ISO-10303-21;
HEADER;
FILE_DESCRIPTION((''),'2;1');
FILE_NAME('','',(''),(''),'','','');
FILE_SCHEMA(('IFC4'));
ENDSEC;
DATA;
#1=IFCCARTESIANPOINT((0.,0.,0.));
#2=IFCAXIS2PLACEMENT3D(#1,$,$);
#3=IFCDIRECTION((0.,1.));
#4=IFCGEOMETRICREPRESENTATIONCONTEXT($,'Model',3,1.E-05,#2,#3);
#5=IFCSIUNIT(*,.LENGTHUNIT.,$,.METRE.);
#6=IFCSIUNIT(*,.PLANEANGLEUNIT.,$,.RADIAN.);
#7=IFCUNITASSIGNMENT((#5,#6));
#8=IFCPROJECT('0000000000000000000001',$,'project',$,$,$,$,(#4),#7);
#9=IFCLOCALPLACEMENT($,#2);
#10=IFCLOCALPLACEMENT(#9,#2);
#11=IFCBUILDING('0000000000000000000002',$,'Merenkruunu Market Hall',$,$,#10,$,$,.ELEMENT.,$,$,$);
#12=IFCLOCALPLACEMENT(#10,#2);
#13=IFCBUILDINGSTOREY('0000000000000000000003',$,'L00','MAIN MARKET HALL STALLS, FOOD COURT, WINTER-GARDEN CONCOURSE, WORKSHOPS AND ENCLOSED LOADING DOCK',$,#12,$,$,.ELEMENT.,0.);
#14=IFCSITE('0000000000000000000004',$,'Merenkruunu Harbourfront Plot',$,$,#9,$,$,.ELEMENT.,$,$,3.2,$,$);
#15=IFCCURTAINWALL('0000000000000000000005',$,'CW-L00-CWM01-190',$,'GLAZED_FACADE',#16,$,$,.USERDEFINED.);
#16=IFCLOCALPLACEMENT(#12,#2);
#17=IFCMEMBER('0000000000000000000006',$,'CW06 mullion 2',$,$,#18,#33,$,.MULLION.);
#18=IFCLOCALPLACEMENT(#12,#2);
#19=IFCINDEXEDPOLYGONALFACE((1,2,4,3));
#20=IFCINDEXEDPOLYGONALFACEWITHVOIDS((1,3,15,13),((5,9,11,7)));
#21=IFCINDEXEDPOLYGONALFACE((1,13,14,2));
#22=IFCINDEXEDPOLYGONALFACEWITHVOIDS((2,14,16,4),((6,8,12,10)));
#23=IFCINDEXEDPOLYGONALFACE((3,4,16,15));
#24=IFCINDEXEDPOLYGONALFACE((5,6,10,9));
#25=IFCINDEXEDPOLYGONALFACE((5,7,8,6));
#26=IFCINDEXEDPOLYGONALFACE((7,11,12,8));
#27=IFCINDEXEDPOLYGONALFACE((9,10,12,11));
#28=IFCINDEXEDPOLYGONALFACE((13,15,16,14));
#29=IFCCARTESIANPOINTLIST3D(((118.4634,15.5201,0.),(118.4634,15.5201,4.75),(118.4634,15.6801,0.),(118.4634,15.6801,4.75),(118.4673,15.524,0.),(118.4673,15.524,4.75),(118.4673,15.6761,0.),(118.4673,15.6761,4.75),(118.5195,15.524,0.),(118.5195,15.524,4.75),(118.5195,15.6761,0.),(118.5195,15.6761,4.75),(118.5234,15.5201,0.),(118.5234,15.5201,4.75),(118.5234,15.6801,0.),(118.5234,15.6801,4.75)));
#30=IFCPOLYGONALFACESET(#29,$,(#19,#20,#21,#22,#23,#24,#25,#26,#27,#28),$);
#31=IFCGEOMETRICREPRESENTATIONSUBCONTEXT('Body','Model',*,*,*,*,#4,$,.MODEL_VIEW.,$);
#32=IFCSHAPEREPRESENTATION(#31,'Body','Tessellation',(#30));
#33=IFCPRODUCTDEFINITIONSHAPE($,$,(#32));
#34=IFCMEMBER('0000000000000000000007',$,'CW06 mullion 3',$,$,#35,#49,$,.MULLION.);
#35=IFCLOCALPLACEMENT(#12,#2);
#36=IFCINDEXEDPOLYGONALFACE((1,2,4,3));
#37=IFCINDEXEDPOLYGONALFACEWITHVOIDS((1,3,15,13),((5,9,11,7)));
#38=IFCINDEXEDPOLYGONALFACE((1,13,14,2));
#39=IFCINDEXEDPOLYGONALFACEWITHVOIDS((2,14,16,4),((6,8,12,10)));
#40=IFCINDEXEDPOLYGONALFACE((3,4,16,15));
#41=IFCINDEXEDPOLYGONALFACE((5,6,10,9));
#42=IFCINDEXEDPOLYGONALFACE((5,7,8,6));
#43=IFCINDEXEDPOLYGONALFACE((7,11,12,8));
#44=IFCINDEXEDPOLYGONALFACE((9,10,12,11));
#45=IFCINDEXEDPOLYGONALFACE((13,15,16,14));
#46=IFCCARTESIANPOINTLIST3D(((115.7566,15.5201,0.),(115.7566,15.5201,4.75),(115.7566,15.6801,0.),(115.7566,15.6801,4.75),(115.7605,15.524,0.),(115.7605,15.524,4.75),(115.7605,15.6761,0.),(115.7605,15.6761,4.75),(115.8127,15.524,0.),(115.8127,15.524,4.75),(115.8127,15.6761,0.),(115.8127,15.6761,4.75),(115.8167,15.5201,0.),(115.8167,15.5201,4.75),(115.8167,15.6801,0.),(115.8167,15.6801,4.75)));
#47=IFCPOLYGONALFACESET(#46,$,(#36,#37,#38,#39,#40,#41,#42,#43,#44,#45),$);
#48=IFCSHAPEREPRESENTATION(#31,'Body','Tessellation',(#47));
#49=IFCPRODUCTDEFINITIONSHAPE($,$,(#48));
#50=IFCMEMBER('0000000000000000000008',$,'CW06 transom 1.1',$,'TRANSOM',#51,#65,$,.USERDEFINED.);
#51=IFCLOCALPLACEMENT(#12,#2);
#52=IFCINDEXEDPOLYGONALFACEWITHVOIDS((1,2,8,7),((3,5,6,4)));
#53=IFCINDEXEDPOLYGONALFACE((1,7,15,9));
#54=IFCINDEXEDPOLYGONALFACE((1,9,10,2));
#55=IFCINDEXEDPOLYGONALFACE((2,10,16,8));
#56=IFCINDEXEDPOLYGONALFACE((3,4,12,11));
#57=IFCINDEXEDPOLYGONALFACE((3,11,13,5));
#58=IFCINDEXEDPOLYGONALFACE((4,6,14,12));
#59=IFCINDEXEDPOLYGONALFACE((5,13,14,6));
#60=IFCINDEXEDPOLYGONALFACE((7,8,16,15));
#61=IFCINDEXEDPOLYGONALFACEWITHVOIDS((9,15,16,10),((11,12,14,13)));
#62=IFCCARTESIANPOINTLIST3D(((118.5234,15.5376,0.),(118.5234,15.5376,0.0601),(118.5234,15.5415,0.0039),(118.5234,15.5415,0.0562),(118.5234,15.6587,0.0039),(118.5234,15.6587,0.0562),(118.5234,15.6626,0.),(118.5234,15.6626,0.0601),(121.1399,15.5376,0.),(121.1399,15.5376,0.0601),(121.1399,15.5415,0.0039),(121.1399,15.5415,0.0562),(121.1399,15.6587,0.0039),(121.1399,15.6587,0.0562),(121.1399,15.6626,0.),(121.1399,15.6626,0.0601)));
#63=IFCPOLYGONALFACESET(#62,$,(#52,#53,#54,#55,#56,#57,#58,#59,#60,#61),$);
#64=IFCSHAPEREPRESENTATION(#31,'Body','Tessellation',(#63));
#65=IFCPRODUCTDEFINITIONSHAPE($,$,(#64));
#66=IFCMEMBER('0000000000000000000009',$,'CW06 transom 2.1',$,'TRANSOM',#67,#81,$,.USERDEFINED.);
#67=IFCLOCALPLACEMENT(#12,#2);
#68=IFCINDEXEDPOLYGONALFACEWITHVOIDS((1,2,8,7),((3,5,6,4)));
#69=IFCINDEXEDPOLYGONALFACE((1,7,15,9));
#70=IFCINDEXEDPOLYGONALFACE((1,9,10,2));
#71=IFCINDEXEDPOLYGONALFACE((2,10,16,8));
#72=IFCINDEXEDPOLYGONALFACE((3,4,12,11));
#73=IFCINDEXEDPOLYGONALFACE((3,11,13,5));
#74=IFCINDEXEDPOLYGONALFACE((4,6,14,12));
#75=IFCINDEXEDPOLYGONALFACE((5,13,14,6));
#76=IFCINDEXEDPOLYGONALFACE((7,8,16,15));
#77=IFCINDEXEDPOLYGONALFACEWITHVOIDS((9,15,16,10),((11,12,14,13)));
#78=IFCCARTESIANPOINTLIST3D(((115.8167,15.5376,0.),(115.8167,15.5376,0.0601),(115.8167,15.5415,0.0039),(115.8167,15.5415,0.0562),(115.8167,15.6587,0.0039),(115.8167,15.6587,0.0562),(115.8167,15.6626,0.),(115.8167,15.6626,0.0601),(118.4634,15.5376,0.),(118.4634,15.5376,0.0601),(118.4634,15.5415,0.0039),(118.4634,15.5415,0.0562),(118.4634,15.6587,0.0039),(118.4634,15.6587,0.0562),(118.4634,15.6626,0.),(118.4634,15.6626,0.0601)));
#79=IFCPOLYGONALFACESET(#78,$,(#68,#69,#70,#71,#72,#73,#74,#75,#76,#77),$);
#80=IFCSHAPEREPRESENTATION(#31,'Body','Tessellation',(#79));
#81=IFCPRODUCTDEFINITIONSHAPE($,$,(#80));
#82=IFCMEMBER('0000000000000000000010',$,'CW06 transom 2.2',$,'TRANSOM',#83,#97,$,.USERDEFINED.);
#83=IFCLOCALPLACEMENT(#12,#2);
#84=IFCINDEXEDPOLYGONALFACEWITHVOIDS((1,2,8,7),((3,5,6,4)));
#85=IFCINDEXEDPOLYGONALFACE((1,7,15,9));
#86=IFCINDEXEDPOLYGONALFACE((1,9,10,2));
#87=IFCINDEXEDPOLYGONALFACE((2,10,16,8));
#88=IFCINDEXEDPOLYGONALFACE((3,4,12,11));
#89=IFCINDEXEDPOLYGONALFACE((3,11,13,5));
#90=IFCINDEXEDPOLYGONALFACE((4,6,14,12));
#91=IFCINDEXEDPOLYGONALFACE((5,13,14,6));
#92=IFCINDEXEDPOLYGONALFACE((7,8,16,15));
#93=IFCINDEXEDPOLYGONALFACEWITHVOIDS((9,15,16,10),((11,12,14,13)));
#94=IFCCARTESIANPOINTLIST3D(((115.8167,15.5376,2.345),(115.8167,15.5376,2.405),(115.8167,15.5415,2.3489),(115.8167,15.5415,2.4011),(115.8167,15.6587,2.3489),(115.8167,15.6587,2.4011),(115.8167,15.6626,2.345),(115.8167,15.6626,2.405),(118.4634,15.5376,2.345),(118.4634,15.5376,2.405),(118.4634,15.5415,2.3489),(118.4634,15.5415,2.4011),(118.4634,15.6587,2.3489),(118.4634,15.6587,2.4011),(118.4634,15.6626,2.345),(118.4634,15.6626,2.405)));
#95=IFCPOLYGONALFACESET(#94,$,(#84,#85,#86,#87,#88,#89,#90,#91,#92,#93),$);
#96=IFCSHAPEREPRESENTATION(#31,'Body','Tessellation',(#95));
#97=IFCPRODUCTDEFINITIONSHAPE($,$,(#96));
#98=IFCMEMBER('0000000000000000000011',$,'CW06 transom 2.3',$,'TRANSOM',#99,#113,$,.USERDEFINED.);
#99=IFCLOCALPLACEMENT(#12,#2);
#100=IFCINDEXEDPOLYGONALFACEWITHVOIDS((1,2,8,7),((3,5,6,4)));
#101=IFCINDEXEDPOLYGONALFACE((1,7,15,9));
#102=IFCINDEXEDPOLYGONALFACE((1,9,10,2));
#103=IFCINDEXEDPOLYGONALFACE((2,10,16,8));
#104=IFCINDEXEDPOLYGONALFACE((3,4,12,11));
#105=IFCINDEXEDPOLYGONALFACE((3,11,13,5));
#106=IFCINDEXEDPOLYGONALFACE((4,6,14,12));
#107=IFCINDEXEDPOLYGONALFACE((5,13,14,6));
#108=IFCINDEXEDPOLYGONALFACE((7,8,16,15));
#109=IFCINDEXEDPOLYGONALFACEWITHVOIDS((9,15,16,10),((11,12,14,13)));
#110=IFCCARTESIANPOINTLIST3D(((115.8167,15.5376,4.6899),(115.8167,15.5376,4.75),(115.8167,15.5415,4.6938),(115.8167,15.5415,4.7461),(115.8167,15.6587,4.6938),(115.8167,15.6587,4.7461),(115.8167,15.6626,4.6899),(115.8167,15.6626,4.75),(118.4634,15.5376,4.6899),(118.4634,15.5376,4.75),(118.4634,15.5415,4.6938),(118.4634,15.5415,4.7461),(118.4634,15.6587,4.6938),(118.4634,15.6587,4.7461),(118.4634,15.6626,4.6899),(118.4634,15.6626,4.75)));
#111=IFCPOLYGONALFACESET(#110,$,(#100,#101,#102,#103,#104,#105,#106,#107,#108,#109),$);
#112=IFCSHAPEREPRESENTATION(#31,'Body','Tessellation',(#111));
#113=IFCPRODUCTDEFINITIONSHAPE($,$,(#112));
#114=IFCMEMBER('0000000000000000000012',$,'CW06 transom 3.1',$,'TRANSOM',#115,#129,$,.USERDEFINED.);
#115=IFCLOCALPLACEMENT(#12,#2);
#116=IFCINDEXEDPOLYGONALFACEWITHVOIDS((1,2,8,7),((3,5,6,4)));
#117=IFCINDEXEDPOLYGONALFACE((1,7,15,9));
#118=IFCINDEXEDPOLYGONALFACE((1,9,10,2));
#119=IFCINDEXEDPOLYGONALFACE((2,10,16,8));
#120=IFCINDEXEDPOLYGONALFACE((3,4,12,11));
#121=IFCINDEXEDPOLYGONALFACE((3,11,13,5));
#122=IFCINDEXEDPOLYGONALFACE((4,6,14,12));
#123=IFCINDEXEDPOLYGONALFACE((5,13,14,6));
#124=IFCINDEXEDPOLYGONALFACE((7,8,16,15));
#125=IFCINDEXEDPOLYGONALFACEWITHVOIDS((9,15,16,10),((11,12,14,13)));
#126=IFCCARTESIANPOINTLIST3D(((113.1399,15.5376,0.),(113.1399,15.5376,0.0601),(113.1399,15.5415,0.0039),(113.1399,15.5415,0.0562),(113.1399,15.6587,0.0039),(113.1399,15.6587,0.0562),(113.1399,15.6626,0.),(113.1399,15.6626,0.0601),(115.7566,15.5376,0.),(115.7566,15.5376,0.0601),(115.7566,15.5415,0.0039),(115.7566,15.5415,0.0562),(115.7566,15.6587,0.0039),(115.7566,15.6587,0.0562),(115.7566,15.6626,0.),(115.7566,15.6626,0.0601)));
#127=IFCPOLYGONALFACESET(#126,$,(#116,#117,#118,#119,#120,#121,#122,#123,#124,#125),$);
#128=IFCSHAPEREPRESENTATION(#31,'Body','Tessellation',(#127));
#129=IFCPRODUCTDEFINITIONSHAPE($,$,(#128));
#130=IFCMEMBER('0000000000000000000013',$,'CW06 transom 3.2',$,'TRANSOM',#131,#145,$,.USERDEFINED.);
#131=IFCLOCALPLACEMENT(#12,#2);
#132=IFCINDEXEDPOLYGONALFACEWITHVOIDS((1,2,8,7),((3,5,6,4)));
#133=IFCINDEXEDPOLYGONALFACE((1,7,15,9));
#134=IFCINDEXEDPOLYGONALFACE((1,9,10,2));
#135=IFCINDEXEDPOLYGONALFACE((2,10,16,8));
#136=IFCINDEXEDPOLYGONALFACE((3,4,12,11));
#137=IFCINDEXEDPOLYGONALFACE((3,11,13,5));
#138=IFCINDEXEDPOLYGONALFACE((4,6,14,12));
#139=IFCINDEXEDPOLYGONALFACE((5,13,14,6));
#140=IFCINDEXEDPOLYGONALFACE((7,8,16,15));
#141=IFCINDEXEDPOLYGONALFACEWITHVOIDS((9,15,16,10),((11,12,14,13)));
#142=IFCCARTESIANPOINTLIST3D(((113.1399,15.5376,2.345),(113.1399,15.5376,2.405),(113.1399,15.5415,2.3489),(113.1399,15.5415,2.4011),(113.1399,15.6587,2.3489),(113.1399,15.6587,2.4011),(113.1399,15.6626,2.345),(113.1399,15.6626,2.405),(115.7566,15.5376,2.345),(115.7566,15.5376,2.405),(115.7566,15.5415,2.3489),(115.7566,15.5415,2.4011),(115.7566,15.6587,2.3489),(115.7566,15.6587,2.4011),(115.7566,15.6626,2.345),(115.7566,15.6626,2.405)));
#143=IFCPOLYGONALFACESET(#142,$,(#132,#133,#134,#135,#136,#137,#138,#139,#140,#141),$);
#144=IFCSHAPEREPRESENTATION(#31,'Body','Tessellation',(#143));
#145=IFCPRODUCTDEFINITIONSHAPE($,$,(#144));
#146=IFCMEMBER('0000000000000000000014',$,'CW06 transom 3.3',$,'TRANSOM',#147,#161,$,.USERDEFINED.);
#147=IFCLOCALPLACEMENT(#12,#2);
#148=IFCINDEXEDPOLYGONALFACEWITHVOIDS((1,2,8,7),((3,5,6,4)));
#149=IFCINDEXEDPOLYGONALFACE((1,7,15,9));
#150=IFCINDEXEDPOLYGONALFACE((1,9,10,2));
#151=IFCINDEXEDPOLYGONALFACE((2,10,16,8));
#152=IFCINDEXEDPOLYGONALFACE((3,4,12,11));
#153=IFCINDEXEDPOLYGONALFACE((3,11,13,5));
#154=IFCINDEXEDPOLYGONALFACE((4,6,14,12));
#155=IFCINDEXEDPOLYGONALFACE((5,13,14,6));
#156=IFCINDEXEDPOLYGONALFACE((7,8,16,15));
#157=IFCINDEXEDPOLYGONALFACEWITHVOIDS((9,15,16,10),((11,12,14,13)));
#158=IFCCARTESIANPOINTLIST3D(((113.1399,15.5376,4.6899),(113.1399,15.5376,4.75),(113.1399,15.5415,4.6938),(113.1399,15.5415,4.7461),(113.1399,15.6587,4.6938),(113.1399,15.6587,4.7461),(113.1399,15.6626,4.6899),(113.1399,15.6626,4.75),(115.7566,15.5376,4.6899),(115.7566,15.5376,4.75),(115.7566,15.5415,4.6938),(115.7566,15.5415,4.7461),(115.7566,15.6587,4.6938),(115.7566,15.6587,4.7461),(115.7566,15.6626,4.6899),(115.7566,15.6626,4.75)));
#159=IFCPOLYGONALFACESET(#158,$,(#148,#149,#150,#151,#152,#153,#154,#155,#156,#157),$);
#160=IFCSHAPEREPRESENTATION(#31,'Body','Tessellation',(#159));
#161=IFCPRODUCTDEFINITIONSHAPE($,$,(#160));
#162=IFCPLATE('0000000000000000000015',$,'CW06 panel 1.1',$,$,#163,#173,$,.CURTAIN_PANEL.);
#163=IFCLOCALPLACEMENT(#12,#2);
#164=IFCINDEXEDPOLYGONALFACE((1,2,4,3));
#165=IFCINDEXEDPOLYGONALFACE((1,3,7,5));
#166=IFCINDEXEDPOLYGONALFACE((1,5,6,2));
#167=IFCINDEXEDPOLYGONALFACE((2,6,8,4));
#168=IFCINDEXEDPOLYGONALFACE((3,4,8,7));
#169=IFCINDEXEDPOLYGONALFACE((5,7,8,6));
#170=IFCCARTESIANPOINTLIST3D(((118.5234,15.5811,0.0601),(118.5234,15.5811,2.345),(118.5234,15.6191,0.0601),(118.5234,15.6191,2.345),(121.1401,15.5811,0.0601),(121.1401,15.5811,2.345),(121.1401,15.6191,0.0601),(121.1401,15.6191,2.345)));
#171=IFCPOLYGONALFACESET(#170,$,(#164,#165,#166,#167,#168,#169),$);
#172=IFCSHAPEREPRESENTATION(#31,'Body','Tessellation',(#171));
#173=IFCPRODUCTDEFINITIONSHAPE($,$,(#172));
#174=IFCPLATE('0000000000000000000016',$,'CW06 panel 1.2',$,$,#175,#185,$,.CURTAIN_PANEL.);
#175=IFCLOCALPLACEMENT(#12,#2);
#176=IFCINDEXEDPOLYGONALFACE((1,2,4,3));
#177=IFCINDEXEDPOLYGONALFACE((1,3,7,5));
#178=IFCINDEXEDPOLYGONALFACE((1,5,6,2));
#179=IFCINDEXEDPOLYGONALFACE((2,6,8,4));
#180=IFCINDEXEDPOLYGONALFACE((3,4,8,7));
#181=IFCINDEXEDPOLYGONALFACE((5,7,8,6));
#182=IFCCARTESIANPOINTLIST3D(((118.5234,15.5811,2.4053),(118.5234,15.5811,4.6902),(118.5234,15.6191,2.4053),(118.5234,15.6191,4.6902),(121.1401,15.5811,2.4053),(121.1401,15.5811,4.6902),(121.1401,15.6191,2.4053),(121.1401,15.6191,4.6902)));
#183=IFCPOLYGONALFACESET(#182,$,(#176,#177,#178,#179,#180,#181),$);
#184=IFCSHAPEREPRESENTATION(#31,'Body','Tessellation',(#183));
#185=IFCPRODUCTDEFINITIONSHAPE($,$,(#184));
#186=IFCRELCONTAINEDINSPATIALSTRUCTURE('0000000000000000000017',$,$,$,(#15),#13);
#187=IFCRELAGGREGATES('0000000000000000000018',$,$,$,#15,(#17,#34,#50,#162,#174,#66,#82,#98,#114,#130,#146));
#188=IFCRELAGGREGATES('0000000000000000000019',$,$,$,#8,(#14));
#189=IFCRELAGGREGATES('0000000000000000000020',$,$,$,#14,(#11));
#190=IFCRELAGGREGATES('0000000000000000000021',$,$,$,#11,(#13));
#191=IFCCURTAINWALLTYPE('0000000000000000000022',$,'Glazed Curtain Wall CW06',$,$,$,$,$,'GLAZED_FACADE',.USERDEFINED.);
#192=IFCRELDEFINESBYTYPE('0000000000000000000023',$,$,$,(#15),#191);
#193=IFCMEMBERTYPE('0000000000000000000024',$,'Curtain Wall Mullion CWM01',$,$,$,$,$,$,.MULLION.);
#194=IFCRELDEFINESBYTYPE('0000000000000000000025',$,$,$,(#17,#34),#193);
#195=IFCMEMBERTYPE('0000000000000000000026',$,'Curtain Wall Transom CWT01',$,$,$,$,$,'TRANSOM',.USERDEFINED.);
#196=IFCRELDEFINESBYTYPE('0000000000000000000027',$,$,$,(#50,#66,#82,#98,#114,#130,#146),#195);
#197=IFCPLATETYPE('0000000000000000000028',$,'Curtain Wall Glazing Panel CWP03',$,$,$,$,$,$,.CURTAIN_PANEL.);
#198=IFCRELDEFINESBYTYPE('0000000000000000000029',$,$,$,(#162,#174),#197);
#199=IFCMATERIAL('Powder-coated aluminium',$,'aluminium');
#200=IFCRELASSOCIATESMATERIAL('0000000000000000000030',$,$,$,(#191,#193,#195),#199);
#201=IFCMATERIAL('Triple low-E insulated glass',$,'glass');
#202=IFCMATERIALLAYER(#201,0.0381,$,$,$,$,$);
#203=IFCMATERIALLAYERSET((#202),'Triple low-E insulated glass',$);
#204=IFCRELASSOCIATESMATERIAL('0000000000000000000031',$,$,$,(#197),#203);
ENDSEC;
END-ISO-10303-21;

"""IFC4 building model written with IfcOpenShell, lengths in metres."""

from ifc_helpers import new_model, si_unit, direction, frame, origin, origin_2d, place, context, subcontext, project, spatial, rectangle, hollow_rectangle, extrude, material, layer, layer_set, material_profile, profile_set, type_object, element, aggregate, save


model = new_model("IFC4")

# Units and contexts
model_context = context("Model", 3, precision=1e-05, world=origin(), true_north=direction((0.0, 1.0)))
body_context = subcontext(model_context, "Body", "Model", "MODEL_VIEW")
ifc_project = project(units=[si_unit("LENGTHUNIT", "METRE"), si_unit("PLANEANGLEUNIT", "RADIAN")], contexts=[model_context])

# Site, building, storey
site_placement = place(None, origin())
site = spatial("IfcSite", under=ifc_project, at=site_placement, Name="Merenkruunu Harbourfront Plot", CompositionType="ELEMENT", RefElevation=3.2)
building_placement = place(site_placement, origin())
building = spatial("IfcBuilding", under=site, at=building_placement, Name="Merenkruunu Market Hall", CompositionType="ELEMENT")
storey_placement = place(building_placement, origin())
storey = spatial("IfcBuildingStorey", under=building, at=storey_placement, Name="L00", Description="MAIN MARKET HALL STALLS, FOOD COURT, WINTER-GARDEN CONCOURSE, WORKSHOPS AND ENCLOSED LOADING DOCK", CompositionType="ELEMENT", Elevation=0.0)

# Curtain wall, members, plates
ifc_material_1 = material(Name="Powder-coated aluminium", Category="aluminium")
curtain_wall_type = type_object("IfcCurtainWallType", Name="Glazed Curtain Wall CW06", ElementType="GLAZED_FACADE", PredefinedType="USERDEFINED", material=ifc_material_1)
curtain_wall_placement = place(storey_placement, origin())
curtain_wall = element("IfcCurtainWall", 1, at=curtain_wall_placement, inside=storey, type_object=curtain_wall_type, Name="CW-L00-CWM01-190", ObjectType="GLAZED_FACADE", PredefinedType="USERDEFINED")
ifc_material_profile_1 = material_profile(ifc_material_1, hollow_rectangle(XDim=0.0601, YDim=0.1599, WallThickness=0.0039, at=origin_2d()), Name="ALU 60x160x4")
ifc_profile_set_1 = profile_set([ifc_material_profile_1], Name="Powder-coated aluminium")
member_type_1 = type_object("IfcMemberType", Name="Curtain Wall Mullion CWM01", PredefinedType="MULLION", material=ifc_profile_set_1)
member_1_placement = place(storey_placement, frame((118.4934, 15.6001, 0.0), z_axis=(0.0, 0.0, 1.0), x_axis=(-1.0, 0.0, 0.0)))
member_1 = element("IfcMember", 2, at=member_1_placement, type_object=member_type_1, Name="CW06 mullion 2", PredefinedType="MULLION", context=body_context, shape_type="SweptSolid", body=[
    extrude(hollow_rectangle(XDim=0.0601, YDim=0.1599, WallThickness=0.0039, at=origin_2d()), origin(), (0.0, 0.0, 1.0), 4.75),
])
member_2_placement = place(storey_placement, frame((115.7866, 15.6001, 0.0), z_axis=(0.0, 0.0, 1.0), x_axis=(-1.0, 0.0, 0.0)))
member_2 = element("IfcMember", 3, at=member_2_placement, type_object=member_type_1, Name="CW06 mullion 3", PredefinedType="MULLION", context=body_context, shape_type="SweptSolid", body=[
    extrude(hollow_rectangle(XDim=0.0601, YDim=0.1599, WallThickness=0.0039, at=origin_2d()), origin(), (0.0, 0.0, 1.0), 4.75),
])
ifc_material_profile_2 = material_profile(ifc_material_1, hollow_rectangle(XDim=0.0601, YDim=0.125, WallThickness=0.0039, at=origin_2d()), Name="ALU 60x125x4")
ifc_profile_set_2 = profile_set([ifc_material_profile_2], Name="Powder-coated aluminium")
member_type_2 = type_object("IfcMemberType", Name="Curtain Wall Transom CWT01", ElementType="TRANSOM", PredefinedType="USERDEFINED", material=ifc_profile_set_2)
member_3_placement = place(storey_placement, frame((121.1399, 15.6001, 0.03), z_axis=(-1.0, 0.0, 0.0), x_axis=(0.0, 0.0, 1.0)))
member_3 = element("IfcMember", 4, at=member_3_placement, type_object=member_type_2, Name="CW06 transom 1.1", ObjectType="TRANSOM", PredefinedType="USERDEFINED", context=body_context, shape_type="SweptSolid", body=[
    extrude(hollow_rectangle(XDim=0.0601, YDim=0.125, WallThickness=0.0039, at=origin_2d()), origin(), (0.0, 0.0, 1.0), 2.6165),
])
member_4_placement = place(storey_placement, frame((118.4634, 15.6001, 0.03), z_axis=(-1.0, 0.0, 0.0), x_axis=(0.0, 0.0, 1.0)))
member_4 = element("IfcMember", 5, at=member_4_placement, type_object=member_type_2, Name="CW06 transom 2.1", ObjectType="TRANSOM", PredefinedType="USERDEFINED", context=body_context, shape_type="SweptSolid", body=[
    extrude(hollow_rectangle(XDim=0.0601, YDim=0.125, WallThickness=0.0039, at=origin_2d()), origin(), (0.0, 0.0, 1.0), 2.6467),
])
member_5_placement = place(storey_placement, frame((118.4634, 15.6001, 2.375), z_axis=(-1.0, 0.0, 0.0), x_axis=(0.0, 0.0, 1.0)))
member_5 = element("IfcMember", 6, at=member_5_placement, type_object=member_type_2, Name="CW06 transom 2.2", ObjectType="TRANSOM", PredefinedType="USERDEFINED", context=body_context, shape_type="SweptSolid", body=[
    extrude(hollow_rectangle(XDim=0.0601, YDim=0.125, WallThickness=0.0039, at=origin_2d()), origin(), (0.0, 0.0, 1.0), 2.6467),
])
member_6_placement = place(storey_placement, frame((118.4634, 15.6001, 4.72), z_axis=(-1.0, 0.0, 0.0), x_axis=(0.0, 0.0, 1.0)))
member_6 = element("IfcMember", 7, at=member_6_placement, type_object=member_type_2, Name="CW06 transom 2.3", ObjectType="TRANSOM", PredefinedType="USERDEFINED", context=body_context, shape_type="SweptSolid", body=[
    extrude(hollow_rectangle(XDim=0.0601, YDim=0.125, WallThickness=0.0039, at=origin_2d()), origin(), (0.0, 0.0, 1.0), 2.6467),
])
member_7_placement = place(storey_placement, frame((115.7566, 15.6001, 0.03), z_axis=(-1.0, 0.0, 0.0), x_axis=(0.0, 0.0, 1.0)))
member_7 = element("IfcMember", 8, at=member_7_placement, type_object=member_type_2, Name="CW06 transom 3.1", ObjectType="TRANSOM", PredefinedType="USERDEFINED", context=body_context, shape_type="SweptSolid", body=[
    extrude(hollow_rectangle(XDim=0.0601, YDim=0.125, WallThickness=0.0039, at=origin_2d()), origin(), (0.0, 0.0, 1.0), 2.6167),
])
member_8_placement = place(storey_placement, frame((115.7566, 15.6001, 2.375), z_axis=(-1.0, 0.0, 0.0), x_axis=(0.0, 0.0, 1.0)))
member_8 = element("IfcMember", 9, at=member_8_placement, type_object=member_type_2, Name="CW06 transom 3.2", ObjectType="TRANSOM", PredefinedType="USERDEFINED", context=body_context, shape_type="SweptSolid", body=[
    extrude(hollow_rectangle(XDim=0.0601, YDim=0.125, WallThickness=0.0039, at=origin_2d()), origin(), (0.0, 0.0, 1.0), 2.6167),
])
member_9_placement = place(storey_placement, frame((115.7566, 15.6001, 4.72), z_axis=(-1.0, 0.0, 0.0), x_axis=(0.0, 0.0, 1.0)))
member_9 = element("IfcMember", 10, at=member_9_placement, type_object=member_type_2, Name="CW06 transom 3.3", ObjectType="TRANSOM", PredefinedType="USERDEFINED", context=body_context, shape_type="SweptSolid", body=[
    extrude(hollow_rectangle(XDim=0.0601, YDim=0.125, WallThickness=0.0039, at=origin_2d()), origin(), (0.0, 0.0, 1.0), 2.6167),
])
ifc_material_2 = material(Name="Triple low-E insulated glass", Category="glass")
ifc_layer_1 = layer(ifc_material_2, 0.0381)
ifc_layer_set_1 = layer_set([ifc_layer_1], Name="Triple low-E insulated glass")
plate_type = type_object("IfcPlateType", Name="Curtain Wall Glazing Panel CWP03", PredefinedType="CURTAIN_PANEL", material=ifc_layer_set_1)
plate_1_placement = place(storey_placement, frame((119.8318, 15.6001, 0.0601), z_axis=(0.0, 0.0, 1.0), x_axis=(-1.0, 0.0, 0.0)))
plate_1 = element("IfcPlate", 11, at=plate_1_placement, type_object=plate_type, Name="CW06 panel 1.1", PredefinedType="CURTAIN_PANEL", context=body_context, shape_type="SweptSolid", body=[
    extrude(rectangle(XDim=2.6167, YDim=0.0381, at=origin_2d()), origin(), (0.0, 0.0, 1.0), 2.2849),
])
plate_2_placement = place(storey_placement, frame((119.8318, 15.6001, 2.4053), z_axis=(0.0, 0.0, 1.0), x_axis=(-1.0, 0.0, 0.0)))
plate_2 = element("IfcPlate", 12, at=plate_2_placement, type_object=plate_type, Name="CW06 panel 1.2", PredefinedType="CURTAIN_PANEL", context=body_context, shape_type="SweptSolid", body=[
    extrude(rectangle(XDim=2.6167, YDim=0.0381, at=origin_2d()), origin(), (0.0, 0.0, 1.0), 2.2849),
])
aggregate(curtain_wall, [member_1, member_2, member_3, plate_1, plate_2, member_4, member_5, member_6, member_7, member_8, member_9])

save(model, "model.ifc")
